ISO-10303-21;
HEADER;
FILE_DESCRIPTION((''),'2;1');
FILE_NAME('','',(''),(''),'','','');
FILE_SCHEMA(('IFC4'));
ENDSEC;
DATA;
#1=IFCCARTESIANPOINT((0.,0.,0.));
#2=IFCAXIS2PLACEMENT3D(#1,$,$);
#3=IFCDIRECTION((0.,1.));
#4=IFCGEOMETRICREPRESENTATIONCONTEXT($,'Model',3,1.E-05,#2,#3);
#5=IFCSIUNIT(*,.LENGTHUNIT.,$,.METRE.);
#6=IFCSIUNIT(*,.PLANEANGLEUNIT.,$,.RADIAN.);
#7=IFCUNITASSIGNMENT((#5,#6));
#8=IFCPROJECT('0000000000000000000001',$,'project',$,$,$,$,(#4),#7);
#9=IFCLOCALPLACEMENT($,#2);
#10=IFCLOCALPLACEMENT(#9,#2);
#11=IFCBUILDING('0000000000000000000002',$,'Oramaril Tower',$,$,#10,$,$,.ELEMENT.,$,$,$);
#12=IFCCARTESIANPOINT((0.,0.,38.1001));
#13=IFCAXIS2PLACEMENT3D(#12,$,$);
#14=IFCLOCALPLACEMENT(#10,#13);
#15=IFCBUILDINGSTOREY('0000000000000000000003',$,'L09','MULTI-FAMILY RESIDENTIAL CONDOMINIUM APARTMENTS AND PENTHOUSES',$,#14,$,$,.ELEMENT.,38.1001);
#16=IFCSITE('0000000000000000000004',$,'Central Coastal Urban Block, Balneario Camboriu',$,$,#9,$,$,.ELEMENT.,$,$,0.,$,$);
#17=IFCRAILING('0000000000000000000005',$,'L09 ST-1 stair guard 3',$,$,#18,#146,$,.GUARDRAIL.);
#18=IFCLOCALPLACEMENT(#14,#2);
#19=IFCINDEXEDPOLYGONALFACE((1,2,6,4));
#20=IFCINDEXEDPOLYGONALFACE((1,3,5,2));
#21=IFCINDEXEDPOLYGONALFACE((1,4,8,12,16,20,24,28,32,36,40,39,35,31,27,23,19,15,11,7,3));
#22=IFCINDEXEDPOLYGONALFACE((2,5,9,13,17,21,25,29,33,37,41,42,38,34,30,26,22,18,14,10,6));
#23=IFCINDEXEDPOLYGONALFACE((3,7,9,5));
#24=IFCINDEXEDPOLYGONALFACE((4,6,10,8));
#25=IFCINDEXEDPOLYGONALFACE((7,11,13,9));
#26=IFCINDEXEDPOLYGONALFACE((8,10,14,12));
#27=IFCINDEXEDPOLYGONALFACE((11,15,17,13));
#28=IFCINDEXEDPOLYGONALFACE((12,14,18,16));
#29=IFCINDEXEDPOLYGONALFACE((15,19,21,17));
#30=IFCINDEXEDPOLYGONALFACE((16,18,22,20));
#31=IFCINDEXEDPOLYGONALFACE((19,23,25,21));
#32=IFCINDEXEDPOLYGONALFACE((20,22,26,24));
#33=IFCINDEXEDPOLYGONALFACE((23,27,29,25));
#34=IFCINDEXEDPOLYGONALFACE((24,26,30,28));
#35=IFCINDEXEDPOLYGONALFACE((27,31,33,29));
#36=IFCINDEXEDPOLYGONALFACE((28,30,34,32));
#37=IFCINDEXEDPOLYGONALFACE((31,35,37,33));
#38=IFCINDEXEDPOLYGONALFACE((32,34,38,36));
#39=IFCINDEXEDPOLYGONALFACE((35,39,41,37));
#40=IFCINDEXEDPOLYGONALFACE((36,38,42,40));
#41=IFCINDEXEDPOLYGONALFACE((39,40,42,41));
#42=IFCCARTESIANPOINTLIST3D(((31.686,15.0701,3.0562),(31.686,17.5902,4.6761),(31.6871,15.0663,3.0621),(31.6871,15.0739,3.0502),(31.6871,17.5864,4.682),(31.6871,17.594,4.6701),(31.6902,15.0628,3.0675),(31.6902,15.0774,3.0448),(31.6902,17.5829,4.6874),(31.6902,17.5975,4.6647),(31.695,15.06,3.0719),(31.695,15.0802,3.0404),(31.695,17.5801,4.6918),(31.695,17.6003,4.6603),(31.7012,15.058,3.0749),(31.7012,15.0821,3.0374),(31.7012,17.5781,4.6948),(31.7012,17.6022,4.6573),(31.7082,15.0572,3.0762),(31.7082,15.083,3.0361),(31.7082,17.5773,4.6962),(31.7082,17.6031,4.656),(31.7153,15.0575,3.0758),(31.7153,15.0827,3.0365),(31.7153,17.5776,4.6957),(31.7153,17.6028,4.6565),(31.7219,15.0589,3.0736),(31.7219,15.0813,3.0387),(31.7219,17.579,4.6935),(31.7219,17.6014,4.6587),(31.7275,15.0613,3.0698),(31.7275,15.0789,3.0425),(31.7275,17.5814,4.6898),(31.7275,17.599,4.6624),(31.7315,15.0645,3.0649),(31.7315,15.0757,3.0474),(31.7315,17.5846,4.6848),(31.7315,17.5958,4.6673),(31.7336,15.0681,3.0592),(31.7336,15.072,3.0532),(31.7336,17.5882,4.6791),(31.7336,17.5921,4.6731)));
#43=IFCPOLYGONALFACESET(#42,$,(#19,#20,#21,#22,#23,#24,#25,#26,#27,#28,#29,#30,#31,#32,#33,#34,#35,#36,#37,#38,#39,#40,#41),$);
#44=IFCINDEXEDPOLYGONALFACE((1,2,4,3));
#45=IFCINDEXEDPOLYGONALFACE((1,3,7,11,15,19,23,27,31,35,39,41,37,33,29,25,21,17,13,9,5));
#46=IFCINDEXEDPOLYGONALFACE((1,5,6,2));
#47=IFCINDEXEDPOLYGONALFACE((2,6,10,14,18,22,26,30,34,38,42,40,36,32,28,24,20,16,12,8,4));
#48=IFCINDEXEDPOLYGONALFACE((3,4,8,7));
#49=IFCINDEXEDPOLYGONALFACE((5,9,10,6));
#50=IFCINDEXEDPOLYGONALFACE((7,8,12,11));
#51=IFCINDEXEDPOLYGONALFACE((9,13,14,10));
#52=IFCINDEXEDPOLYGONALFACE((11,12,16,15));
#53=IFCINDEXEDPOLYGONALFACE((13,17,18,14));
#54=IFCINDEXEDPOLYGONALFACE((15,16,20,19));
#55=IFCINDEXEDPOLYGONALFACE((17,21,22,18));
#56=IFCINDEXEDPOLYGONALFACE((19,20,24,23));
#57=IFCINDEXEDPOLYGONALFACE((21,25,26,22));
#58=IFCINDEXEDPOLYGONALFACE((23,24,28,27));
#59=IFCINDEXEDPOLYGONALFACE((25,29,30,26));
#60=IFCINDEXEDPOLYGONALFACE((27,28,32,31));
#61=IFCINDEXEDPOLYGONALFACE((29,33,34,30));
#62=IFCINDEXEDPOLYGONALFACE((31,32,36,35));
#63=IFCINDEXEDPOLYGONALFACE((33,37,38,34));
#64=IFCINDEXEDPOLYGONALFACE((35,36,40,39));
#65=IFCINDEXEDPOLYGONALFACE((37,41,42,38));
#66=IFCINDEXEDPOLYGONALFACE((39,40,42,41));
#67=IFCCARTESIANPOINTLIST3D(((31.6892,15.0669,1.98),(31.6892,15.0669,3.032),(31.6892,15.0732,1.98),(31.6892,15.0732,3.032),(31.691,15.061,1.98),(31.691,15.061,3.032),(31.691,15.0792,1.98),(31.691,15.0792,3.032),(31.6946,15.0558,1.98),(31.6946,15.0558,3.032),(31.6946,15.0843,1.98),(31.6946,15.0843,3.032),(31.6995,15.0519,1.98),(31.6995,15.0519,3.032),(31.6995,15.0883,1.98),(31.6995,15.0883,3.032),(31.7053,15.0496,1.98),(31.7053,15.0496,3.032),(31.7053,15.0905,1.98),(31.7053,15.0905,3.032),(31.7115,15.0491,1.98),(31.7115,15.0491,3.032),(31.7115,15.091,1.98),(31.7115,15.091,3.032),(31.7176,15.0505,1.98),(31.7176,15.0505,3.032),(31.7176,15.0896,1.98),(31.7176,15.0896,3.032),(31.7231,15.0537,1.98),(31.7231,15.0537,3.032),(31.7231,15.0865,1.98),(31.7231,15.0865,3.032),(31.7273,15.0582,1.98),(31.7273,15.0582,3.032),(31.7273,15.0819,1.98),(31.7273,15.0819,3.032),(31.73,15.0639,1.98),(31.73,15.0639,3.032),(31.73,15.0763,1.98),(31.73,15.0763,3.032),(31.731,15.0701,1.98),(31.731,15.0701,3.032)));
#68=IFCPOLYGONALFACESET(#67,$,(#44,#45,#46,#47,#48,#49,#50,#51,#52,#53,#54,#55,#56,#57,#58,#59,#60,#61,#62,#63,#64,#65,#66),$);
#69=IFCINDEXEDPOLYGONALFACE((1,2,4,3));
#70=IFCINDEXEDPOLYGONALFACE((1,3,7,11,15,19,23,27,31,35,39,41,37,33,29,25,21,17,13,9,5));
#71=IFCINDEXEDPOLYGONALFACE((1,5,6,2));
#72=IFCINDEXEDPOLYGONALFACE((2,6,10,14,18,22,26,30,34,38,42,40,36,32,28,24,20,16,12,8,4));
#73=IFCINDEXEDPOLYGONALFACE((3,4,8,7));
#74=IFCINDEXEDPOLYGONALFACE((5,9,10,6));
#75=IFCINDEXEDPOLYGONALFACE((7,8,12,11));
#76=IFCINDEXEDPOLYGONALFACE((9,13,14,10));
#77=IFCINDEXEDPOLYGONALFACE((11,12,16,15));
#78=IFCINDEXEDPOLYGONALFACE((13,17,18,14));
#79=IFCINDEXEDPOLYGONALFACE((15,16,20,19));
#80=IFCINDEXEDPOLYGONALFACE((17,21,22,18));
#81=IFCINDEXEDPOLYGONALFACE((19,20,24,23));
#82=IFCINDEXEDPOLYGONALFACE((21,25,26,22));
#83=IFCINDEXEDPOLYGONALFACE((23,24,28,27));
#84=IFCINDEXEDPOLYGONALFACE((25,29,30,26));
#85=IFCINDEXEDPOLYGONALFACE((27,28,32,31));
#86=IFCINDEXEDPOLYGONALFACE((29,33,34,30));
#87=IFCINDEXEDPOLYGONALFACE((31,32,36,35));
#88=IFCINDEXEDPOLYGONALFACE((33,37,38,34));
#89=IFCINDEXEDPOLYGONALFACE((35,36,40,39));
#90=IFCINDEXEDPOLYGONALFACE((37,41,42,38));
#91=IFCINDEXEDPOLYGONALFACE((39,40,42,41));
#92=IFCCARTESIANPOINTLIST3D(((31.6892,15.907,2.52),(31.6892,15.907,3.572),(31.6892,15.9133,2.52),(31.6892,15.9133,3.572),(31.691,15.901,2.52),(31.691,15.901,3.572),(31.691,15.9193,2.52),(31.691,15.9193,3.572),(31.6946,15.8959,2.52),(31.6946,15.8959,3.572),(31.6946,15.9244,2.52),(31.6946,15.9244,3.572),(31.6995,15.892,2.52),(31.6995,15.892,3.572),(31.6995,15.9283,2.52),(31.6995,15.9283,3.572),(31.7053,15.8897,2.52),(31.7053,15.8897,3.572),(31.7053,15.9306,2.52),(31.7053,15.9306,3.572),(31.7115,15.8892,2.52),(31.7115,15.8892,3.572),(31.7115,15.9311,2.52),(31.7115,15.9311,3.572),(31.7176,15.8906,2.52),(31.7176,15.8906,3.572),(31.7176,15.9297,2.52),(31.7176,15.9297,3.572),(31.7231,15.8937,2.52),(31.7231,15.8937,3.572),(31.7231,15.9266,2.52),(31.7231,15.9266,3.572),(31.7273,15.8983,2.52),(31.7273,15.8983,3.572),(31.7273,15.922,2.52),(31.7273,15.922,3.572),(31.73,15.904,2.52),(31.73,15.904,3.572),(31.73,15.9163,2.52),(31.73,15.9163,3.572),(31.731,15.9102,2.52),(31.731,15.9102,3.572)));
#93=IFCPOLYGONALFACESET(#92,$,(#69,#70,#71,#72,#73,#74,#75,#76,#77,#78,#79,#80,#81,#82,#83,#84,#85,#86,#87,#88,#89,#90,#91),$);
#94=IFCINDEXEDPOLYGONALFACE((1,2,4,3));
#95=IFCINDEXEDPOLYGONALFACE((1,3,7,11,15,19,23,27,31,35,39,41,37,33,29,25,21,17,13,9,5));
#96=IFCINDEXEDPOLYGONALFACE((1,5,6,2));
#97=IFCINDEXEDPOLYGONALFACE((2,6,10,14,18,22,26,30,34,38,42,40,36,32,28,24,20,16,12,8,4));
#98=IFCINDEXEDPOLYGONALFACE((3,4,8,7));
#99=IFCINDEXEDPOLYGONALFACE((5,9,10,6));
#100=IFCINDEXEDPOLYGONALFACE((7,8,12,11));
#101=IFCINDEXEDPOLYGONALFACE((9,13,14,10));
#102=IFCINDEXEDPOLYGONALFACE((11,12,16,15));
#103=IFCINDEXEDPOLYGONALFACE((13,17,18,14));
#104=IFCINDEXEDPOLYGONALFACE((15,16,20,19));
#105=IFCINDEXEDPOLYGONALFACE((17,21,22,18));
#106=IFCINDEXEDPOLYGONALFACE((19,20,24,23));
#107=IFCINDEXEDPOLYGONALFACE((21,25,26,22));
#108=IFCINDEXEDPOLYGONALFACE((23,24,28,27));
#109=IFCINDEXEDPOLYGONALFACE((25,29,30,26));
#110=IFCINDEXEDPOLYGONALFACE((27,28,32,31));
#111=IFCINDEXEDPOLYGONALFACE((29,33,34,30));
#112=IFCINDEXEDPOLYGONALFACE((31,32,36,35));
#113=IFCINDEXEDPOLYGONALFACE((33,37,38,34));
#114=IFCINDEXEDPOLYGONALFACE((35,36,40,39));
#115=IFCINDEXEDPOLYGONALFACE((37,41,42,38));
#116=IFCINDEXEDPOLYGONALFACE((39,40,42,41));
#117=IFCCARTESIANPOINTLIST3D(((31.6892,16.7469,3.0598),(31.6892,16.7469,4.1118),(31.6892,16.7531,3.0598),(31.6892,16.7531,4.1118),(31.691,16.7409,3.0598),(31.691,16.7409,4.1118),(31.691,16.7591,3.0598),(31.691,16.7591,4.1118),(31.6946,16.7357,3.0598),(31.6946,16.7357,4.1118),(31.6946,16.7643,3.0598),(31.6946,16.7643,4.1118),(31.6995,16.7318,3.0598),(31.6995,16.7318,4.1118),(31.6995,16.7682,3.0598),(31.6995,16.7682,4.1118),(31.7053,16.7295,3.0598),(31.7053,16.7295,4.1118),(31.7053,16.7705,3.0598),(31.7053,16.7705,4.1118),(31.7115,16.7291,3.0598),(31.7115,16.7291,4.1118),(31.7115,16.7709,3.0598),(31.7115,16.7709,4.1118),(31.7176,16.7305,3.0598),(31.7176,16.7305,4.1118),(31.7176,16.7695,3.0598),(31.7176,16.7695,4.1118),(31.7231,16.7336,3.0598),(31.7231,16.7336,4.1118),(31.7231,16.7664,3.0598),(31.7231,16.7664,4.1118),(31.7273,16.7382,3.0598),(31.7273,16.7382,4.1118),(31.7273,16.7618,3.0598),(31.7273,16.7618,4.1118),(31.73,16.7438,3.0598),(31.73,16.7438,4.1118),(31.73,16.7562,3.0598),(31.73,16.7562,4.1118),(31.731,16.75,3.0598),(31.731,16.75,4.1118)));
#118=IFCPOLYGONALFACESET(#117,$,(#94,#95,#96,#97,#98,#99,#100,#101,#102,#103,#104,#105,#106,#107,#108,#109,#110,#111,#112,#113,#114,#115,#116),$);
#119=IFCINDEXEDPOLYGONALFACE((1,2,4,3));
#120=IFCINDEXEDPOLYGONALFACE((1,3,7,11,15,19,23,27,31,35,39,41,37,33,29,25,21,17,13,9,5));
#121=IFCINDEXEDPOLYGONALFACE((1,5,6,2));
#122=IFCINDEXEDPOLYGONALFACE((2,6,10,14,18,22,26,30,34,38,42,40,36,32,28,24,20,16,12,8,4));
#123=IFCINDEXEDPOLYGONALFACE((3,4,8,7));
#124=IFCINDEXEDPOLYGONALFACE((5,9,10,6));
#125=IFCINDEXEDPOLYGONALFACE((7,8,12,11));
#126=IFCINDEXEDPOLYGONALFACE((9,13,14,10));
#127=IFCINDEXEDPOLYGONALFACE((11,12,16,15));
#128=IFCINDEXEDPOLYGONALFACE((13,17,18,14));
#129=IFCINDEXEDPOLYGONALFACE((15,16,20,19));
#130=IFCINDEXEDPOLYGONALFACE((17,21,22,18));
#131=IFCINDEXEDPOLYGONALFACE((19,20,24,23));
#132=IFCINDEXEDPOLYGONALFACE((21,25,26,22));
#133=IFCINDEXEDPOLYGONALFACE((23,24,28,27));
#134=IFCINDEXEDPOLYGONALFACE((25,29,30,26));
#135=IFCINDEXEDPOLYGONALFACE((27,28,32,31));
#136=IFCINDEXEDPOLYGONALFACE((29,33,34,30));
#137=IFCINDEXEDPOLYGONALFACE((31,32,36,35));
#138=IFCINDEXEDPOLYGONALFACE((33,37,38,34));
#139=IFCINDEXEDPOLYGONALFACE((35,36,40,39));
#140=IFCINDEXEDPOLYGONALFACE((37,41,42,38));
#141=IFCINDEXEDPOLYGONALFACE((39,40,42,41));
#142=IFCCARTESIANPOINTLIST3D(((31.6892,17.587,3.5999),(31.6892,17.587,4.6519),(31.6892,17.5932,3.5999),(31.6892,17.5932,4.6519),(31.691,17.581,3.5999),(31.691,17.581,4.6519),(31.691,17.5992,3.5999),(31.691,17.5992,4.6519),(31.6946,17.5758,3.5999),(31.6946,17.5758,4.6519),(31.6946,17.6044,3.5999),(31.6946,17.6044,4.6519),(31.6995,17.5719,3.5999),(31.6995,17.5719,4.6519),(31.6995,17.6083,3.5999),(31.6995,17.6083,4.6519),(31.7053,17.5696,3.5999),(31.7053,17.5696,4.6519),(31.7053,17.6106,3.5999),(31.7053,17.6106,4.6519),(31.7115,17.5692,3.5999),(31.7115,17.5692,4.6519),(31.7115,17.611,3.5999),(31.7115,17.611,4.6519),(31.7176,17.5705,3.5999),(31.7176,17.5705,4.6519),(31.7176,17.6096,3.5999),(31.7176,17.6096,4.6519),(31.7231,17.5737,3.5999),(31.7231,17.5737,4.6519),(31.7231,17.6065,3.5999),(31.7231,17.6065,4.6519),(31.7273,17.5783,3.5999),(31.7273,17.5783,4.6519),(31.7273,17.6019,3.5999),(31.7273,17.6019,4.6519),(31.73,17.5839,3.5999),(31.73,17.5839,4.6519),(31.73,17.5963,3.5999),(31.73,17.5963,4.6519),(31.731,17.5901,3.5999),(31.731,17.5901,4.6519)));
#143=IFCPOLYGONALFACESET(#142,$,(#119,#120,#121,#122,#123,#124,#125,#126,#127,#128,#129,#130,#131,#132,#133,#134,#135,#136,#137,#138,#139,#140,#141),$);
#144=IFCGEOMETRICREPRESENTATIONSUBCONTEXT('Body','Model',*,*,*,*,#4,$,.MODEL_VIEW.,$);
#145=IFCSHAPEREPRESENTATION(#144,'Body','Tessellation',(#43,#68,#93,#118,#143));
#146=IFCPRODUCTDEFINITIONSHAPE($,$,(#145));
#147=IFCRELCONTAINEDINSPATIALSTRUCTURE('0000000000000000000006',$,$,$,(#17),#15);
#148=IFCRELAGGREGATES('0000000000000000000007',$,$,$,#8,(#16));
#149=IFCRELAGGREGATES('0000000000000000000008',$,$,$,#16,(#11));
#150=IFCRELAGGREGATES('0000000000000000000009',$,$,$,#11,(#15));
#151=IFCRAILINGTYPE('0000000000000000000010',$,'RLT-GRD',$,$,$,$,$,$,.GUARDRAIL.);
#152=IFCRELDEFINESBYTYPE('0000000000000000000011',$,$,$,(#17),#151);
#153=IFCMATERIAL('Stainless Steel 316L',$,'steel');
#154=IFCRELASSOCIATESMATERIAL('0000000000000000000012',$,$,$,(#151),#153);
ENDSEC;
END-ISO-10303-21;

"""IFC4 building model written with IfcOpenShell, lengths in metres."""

from ifc_helpers import new_model, si_unit, direction, frame, origin, origin_2d, place, context, subcontext, project, spatial, circle, extrude, material, type_object, element, save


model = new_model("IFC4")

# Units and contexts
model_context = context("Model", 3, precision=1e-05, world=origin(), true_north=direction((0.0, 1.0)))
body_context = subcontext(model_context, "Body", "Model", "MODEL_VIEW")
ifc_project = project(units=[si_unit("LENGTHUNIT", "METRE"), si_unit("PLANEANGLEUNIT", "RADIAN")], contexts=[model_context])

# Site, building, storey
site_placement = place(None, origin())
site = spatial("IfcSite", under=ifc_project, at=site_placement, Name="Central Coastal Urban Block, Balneario Camboriu", CompositionType="ELEMENT", RefElevation=0.0)
building_placement = place(site_placement, origin())
building = spatial("IfcBuilding", under=site, at=building_placement, Name="Oramaril Tower", CompositionType="ELEMENT")
storey_placement = place(building_placement, frame((0.0, 0.0, 38.1001)))
storey = spatial("IfcBuildingStorey", under=building, at=storey_placement, Name="L09", Description="MULTI-FAMILY RESIDENTIAL CONDOMINIUM APARTMENTS AND PENTHOUSES", CompositionType="ELEMENT", Elevation=38.1001)

# Railing
ifc_material_1 = material(Name="Stainless Steel 316L", Category="steel")
railing_type_1 = type_object("IfcRailingType", Name="RLT-GRD", PredefinedType="GUARDRAIL", material=ifc_material_1)
railing_1_placement = place(storey_placement, frame((31.71, 15.0701, 1.98)))
element("IfcRailing", 1, at=railing_1_placement, inside=storey, type_object=railing_type_1, Name="L09 ST-1 stair guard 3", PredefinedType="GUARDRAIL", context=body_context, shape_type="SweptSolid", body=[
    extrude(circle(Radius=0.0239, at=origin_2d()), frame((0.0, 0.0, 1.0762), z_axis=(0.0, 0.8412, 0.540725), x_axis=(-1.0, 0.0, 0.0)), (0.0, 0.0, 1.0), 2.9958),
    extrude(circle(Radius=0.021, at=origin_2d()), origin(), (0.0, 0.0, 1.0), 1.052),
    extrude(circle(Radius=0.021, at=origin_2d()), frame((0.0, 0.8401, 0.54)), (0.0, 0.0, 1.0), 1.052),
    extrude(circle(Radius=0.021, at=origin_2d()), frame((0.0, 1.6799, 1.0798)), (0.0, 0.0, 1.0), 1.052),
    extrude(circle(Radius=0.021, at=origin_2d()), frame((0.0, 2.52, 1.6199)), (0.0, 0.0, 1.0), 1.052),
])

save(model, "model.ifc")
